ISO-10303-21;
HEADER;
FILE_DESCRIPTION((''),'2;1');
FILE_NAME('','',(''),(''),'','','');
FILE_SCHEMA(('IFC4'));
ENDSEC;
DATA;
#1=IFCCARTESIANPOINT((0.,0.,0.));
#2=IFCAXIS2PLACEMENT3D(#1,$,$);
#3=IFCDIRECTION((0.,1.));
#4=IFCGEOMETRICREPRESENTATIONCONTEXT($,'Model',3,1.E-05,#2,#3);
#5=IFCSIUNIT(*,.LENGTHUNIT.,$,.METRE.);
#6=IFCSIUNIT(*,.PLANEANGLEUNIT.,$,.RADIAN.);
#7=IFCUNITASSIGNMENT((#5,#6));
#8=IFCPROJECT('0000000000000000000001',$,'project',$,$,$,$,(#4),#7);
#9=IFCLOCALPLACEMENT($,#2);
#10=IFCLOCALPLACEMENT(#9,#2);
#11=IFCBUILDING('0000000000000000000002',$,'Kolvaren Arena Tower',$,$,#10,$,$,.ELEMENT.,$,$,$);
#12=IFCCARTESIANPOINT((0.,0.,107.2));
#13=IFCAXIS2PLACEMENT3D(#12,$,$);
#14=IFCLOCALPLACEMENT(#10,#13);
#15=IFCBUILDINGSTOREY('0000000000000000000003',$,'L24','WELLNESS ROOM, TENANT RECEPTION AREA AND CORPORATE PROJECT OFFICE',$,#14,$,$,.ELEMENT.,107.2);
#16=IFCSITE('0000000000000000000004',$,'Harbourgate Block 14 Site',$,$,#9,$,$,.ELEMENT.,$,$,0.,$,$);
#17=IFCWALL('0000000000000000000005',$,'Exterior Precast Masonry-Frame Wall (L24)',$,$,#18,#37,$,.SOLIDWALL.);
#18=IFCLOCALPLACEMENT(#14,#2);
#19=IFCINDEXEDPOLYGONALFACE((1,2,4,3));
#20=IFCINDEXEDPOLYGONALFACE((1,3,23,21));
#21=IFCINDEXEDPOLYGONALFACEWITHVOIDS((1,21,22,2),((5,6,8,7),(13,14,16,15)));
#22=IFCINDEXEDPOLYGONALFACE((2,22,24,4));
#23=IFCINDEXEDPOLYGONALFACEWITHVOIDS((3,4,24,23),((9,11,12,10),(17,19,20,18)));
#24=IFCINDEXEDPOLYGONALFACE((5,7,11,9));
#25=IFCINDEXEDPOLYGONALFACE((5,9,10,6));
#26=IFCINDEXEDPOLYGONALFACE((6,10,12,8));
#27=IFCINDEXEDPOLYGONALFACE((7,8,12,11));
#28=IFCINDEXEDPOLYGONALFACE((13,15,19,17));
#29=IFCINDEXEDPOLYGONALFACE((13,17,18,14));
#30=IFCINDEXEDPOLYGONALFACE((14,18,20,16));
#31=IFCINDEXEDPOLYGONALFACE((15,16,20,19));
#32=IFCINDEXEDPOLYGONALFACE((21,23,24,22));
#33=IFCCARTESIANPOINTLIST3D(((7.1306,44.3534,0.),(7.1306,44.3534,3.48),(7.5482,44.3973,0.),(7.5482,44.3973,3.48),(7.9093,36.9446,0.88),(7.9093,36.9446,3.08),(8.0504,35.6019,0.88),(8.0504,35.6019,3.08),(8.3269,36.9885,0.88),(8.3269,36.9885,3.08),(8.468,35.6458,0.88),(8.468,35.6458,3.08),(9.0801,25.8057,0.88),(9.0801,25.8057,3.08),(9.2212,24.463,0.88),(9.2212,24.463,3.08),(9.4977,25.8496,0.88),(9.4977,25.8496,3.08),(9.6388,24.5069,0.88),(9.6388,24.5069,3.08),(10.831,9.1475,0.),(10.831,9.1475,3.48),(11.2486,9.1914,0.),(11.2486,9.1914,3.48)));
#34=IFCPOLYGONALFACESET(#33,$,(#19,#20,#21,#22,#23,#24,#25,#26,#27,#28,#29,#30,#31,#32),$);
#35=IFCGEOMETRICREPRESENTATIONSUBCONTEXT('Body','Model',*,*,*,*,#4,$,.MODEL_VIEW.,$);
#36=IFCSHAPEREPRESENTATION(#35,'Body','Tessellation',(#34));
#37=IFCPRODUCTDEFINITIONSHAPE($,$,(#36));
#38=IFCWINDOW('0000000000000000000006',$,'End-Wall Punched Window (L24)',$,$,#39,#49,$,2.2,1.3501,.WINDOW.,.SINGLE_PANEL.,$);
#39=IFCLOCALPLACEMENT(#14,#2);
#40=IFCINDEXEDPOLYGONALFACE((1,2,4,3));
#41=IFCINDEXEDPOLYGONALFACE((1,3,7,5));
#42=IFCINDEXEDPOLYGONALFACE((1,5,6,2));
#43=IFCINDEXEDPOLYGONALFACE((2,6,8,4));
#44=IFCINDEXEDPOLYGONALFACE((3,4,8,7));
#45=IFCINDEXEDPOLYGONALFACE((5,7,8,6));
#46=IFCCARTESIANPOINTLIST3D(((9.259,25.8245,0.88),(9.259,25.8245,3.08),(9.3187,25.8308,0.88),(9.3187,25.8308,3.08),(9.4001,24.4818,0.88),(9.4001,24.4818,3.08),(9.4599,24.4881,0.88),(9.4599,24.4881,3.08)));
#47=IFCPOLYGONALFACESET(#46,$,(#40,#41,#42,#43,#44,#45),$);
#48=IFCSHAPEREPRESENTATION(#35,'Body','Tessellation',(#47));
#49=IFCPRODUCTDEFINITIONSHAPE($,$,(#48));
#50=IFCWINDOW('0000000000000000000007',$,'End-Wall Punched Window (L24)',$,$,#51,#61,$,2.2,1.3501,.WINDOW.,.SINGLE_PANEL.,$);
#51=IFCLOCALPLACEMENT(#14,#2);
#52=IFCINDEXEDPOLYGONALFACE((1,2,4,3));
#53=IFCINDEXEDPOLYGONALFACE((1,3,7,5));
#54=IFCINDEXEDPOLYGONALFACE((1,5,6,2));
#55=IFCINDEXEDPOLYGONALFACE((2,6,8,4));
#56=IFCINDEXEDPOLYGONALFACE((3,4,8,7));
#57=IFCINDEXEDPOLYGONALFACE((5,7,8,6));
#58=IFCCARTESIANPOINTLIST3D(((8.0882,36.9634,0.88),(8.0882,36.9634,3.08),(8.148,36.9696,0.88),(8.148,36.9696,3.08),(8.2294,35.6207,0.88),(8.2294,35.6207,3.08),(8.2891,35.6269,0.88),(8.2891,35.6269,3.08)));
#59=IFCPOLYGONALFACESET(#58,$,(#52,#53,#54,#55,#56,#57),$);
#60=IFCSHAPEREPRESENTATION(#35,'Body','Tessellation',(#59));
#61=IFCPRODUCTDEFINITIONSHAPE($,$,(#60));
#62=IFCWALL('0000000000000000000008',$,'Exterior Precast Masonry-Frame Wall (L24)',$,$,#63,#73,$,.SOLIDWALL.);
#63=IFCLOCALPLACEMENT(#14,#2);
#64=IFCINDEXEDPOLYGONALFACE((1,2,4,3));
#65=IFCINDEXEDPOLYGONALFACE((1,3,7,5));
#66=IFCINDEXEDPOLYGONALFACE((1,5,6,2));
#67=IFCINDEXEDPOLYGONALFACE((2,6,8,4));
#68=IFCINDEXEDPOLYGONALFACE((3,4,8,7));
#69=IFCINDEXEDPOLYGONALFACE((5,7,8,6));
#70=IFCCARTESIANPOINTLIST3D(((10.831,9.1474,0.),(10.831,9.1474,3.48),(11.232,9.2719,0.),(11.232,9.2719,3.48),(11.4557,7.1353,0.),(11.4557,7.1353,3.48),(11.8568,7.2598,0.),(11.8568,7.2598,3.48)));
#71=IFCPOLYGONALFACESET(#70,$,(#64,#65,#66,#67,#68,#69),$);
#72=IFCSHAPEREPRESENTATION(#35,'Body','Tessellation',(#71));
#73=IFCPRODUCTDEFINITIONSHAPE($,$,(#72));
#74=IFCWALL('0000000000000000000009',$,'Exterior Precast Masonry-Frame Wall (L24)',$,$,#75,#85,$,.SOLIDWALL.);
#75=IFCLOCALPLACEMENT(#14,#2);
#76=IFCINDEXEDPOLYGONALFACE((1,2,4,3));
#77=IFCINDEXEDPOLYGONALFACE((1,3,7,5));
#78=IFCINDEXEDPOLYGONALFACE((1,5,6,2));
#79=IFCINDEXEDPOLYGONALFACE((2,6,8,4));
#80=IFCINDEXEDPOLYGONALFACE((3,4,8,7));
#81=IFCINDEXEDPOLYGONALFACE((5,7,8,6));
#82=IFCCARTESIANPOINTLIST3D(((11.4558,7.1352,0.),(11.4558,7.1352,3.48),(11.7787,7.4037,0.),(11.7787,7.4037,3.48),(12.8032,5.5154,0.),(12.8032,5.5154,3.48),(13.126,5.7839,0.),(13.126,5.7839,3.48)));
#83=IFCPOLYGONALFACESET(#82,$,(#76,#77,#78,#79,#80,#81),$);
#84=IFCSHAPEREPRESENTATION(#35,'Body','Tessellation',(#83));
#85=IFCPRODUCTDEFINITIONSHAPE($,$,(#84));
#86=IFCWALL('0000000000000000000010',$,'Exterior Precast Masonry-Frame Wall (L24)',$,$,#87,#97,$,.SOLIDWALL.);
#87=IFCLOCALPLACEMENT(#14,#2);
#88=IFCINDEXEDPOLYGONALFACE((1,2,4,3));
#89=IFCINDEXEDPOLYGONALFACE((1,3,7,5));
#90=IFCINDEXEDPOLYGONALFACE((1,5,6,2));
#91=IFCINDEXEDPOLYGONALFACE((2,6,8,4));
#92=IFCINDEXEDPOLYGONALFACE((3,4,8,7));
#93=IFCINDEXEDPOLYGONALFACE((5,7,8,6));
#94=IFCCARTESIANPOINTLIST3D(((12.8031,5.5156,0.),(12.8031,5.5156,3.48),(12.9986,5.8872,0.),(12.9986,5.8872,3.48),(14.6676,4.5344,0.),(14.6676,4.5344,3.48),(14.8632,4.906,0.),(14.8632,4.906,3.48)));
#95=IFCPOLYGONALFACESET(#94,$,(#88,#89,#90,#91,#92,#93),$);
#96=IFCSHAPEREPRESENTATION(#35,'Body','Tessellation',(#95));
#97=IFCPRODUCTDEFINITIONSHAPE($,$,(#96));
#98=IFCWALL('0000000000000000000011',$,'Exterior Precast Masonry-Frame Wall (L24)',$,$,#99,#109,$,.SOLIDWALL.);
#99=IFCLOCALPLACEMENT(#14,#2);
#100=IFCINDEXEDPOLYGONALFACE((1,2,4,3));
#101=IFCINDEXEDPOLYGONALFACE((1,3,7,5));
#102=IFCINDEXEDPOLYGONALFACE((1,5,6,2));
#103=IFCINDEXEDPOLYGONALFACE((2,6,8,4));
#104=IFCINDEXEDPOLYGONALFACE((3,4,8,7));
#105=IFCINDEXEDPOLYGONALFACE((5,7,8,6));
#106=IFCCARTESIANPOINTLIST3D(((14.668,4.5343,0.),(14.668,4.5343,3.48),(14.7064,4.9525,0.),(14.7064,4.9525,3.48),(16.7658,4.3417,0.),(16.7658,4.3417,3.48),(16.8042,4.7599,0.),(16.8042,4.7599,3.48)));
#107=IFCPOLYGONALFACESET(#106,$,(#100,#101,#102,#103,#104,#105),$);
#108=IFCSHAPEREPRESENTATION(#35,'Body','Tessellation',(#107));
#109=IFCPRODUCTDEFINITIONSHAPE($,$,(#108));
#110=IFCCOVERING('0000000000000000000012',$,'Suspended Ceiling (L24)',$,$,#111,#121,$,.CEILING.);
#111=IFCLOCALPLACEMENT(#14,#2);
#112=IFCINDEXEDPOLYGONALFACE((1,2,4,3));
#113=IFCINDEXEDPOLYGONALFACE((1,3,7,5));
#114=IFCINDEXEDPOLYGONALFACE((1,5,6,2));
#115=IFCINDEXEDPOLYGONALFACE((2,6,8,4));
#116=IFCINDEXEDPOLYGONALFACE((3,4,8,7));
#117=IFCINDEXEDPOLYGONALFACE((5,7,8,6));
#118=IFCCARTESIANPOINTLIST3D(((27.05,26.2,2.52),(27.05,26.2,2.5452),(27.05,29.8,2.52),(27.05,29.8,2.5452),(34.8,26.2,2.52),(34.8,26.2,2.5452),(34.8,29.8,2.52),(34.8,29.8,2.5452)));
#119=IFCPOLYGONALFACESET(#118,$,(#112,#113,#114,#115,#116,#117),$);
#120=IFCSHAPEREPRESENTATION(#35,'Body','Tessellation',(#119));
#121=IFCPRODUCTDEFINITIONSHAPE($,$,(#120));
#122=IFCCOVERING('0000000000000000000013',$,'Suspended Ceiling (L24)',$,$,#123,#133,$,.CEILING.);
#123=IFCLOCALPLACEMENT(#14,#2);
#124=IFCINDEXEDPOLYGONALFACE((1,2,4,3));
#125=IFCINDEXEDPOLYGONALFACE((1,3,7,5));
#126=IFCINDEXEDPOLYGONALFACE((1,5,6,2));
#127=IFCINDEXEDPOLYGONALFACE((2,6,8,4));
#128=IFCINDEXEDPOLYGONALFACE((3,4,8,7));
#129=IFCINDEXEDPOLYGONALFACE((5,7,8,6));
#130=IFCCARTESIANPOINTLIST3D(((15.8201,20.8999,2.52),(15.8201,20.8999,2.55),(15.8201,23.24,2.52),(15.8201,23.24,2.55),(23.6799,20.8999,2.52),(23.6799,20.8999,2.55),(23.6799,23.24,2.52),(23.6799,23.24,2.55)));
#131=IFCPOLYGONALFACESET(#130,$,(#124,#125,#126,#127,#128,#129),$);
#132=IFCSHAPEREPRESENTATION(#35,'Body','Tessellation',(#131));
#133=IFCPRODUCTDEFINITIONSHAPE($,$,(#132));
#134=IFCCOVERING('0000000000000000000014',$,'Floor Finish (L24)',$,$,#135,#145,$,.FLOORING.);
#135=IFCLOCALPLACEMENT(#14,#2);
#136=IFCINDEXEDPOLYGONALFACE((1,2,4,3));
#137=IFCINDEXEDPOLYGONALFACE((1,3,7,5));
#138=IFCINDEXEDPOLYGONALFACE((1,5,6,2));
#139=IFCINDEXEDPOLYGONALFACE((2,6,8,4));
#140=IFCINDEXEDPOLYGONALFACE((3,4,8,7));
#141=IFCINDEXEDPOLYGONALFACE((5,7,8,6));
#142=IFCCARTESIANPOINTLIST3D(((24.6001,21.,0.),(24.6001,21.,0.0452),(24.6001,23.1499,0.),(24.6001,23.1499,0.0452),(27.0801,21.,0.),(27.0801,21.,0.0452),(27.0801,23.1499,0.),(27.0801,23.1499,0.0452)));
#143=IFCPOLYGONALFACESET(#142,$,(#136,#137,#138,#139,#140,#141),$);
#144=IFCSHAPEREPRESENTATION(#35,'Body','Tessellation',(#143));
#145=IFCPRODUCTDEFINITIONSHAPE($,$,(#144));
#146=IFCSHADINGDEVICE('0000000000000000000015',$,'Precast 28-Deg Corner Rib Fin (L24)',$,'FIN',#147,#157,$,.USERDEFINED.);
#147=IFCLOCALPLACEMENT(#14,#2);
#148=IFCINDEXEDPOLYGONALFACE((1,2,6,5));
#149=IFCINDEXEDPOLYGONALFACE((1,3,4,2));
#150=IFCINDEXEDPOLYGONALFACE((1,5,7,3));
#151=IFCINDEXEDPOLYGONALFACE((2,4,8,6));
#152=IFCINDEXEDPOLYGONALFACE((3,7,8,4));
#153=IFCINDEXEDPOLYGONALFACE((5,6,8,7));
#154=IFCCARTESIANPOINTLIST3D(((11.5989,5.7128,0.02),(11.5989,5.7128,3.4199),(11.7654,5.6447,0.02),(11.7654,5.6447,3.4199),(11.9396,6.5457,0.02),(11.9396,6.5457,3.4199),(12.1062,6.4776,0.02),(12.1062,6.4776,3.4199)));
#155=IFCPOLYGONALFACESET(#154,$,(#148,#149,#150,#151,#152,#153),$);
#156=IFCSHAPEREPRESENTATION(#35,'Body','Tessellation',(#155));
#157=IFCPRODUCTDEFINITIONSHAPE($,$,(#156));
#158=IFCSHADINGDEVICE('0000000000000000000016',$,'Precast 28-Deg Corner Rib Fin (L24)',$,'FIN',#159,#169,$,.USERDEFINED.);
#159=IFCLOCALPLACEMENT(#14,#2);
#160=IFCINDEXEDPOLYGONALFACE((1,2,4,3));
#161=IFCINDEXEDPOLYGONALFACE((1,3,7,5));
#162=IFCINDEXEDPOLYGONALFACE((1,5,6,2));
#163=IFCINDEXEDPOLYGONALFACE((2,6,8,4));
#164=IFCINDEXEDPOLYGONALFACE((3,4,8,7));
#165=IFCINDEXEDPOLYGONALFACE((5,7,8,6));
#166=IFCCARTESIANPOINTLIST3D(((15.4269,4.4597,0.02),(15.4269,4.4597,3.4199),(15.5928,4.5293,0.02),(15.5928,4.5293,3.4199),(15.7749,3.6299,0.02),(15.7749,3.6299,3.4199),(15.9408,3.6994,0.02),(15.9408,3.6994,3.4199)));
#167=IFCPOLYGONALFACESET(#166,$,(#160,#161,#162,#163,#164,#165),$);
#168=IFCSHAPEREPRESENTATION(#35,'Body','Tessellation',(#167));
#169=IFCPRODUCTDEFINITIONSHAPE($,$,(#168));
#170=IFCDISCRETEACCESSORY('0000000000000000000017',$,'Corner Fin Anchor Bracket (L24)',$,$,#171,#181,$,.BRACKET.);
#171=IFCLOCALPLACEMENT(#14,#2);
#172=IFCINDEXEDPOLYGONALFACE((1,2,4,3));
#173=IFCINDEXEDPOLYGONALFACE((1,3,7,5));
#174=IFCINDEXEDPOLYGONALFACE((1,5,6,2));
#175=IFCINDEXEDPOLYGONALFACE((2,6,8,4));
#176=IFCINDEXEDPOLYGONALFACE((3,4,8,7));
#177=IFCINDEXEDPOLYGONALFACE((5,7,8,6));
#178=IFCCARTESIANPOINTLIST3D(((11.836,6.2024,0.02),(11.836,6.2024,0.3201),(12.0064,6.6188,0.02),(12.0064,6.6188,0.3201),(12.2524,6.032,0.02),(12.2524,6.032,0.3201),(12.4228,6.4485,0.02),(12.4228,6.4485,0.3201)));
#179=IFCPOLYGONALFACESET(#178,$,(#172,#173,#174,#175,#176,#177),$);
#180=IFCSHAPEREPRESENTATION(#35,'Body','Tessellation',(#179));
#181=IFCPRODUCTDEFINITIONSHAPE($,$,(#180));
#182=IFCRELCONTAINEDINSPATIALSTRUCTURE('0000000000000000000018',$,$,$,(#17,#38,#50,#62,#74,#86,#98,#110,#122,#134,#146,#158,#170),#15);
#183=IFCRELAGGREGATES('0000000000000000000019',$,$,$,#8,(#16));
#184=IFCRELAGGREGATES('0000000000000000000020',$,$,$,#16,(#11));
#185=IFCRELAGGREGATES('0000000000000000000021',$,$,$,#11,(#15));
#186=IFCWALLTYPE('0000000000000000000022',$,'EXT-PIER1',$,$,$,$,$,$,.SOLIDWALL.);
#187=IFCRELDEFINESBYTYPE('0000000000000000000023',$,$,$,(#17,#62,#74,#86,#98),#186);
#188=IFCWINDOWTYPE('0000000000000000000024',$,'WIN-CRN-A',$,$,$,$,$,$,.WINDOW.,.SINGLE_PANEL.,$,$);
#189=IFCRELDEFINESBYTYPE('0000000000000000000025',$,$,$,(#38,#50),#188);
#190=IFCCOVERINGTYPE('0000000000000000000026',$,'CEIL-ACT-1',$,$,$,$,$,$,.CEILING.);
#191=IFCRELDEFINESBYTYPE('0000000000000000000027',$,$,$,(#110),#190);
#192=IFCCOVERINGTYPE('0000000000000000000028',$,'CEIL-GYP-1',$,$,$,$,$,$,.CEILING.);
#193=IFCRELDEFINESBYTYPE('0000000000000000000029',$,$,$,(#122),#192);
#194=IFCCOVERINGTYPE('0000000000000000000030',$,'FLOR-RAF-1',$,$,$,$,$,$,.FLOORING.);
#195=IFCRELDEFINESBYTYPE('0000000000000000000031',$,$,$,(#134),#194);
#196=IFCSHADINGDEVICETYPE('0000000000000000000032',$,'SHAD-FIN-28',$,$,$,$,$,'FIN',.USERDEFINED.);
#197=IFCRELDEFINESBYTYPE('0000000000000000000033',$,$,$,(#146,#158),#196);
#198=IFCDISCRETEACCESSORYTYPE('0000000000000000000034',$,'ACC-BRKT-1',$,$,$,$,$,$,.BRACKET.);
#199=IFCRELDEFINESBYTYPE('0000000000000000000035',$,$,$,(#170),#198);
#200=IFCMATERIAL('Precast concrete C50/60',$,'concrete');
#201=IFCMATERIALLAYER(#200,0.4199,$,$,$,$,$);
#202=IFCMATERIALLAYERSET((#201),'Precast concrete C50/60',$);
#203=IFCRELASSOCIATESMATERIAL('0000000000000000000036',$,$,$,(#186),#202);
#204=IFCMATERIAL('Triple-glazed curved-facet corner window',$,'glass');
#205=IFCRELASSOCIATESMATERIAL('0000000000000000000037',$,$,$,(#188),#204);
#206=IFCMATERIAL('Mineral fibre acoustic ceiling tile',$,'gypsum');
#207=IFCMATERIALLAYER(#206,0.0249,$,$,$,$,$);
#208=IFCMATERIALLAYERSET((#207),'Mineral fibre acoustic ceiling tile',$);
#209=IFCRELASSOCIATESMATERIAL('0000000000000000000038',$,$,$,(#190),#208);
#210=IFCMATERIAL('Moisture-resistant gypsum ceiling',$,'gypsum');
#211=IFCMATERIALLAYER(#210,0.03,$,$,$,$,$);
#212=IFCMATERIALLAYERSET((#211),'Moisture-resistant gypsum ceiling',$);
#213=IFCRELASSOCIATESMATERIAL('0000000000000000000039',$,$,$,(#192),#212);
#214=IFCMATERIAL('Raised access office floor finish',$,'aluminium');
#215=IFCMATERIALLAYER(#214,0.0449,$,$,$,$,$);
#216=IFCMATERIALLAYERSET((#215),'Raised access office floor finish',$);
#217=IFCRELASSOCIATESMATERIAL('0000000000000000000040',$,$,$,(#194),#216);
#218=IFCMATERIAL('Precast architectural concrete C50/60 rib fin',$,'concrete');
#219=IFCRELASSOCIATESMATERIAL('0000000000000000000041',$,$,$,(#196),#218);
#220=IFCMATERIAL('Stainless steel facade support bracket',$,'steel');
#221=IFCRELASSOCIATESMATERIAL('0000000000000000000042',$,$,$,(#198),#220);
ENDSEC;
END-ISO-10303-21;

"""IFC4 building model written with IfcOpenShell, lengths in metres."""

from ifc_helpers import new_model, si_unit, direction, frame, frame_2d, origin, origin_2d, place, context, subcontext, project, spatial, polyline, rectangle, outline, extrude, material, layer, layer_set, type_object, element, fill, save


model = new_model("IFC4")

# Units and contexts
model_context = context("Model", 3, precision=1e-05, world=origin(), true_north=direction((0.0, 1.0)))
body_context = subcontext(model_context, "Body", "Model", "MODEL_VIEW")
ifc_project = project(units=[si_unit("LENGTHUNIT", "METRE"), si_unit("PLANEANGLEUNIT", "RADIAN")], contexts=[model_context])

# Site, building, storey
site_placement = place(None, origin())
site = spatial("IfcSite", under=ifc_project, at=site_placement, Name="Harbourgate Block 14 Site", CompositionType="ELEMENT", RefElevation=0.0)
building_placement = place(site_placement, origin())
building = spatial("IfcBuilding", under=site, at=building_placement, Name="Kolvaren Arena Tower", CompositionType="ELEMENT")
storey_placement = place(building_placement, frame((0.0, 0.0, 107.2)))
storey = spatial("IfcBuildingStorey", under=building, at=storey_placement, Name="L24", Description="WELLNESS ROOM, TENANT RECEPTION AREA AND CORPORATE PROJECT OFFICE", CompositionType="ELEMENT", Elevation=107.2)

# Wall, openings, windows
ifc_material_1 = material(Name="Precast concrete C50/60", Category="concrete")
ifc_layer_1 = layer(ifc_material_1, 0.4199)
ifc_layer_set_1 = layer_set([ifc_layer_1], Name="Precast concrete C50/60")
wall_type = type_object("IfcWallType", Name="EXT-PIER1", PredefinedType="SOLIDWALL", material=ifc_layer_set_1)
wall_1_placement = place(storey_placement, frame((11.0398, 9.1694, 0.0), z_axis=(0.0, 0.0, 1.0), x_axis=(-0.104532, 0.994522, 0.0)))
wall_1 = element("IfcWall", 1, at=wall_1_placement, inside=storey, type_object=wall_type, Name="Exterior Precast Masonry-Frame Wall (L24)", PredefinedType="SOLIDWALL", context=body_context, shape_type="SweptSolid", body=[
    extrude(rectangle(XDim=35.3999, YDim=0.4199, at=frame_2d((17.7, 0.0))), origin(), (0.0, 0.0, 1.0), 3.48),
])
opening_1_placement = place(wall_1_placement, frame((15.3999, 0.0, 0.8799)))
opening_1 = element("IfcOpeningElement", 2, at=opening_1_placement, cuts=wall_1, PredefinedType="OPENING", context=body_context, shape_type="SweptSolid", body=[
    extrude(rectangle(XDim=1.3501, YDim=2.2, at=frame_2d((0.675, 1.1001))), frame((0.0, 0.22, 0.0), z_axis=(0.0, -1.0, 0.0), x_axis=(1.0, 0.0, 0.0)), (0.0, 0.0, 1.0), 0.4399),
])
opening_2_placement = place(wall_1_placement, frame((26.6001, 0.0, 0.8799)))
opening_2 = element("IfcOpeningElement", 3, at=opening_2_placement, cuts=wall_1, PredefinedType="OPENING", context=body_context, shape_type="SweptSolid", body=[
    extrude(rectangle(XDim=1.3501, YDim=2.2, at=frame_2d((0.675, 1.1001))), frame((0.0, 0.22, 0.0), z_axis=(0.0, -1.0, 0.0), x_axis=(1.0, 0.0, 0.0)), (0.0, 0.0, 1.0), 0.4399),
])
ifc_material_2 = material(Name="Triple-glazed curved-facet corner window", Category="glass")
window_type = type_object("IfcWindowType", Name="WIN-CRN-A", PartitioningType="SINGLE_PANEL", PredefinedType="WINDOW", material=ifc_material_2)
window_1_placement = place(opening_1_placement, origin())
window_1 = element("IfcWindow", 4, at=window_1_placement, inside=storey, type_object=window_type, Name="End-Wall Punched Window (L24)", OverallHeight=2.2, OverallWidth=1.3501, PartitioningType="SINGLE_PANEL", PredefinedType="WINDOW", context=body_context, shape_type="SweptSolid", body=[
    extrude(rectangle(XDim=1.3501, YDim=2.2, at=frame_2d((0.675, 1.1001))), frame((0.0, 0.03, 0.0), z_axis=(0.0, -1.0, 0.0), x_axis=(1.0, 0.0, 0.0)), (0.0, 0.0, 1.0), 0.0601),
])
fill(opening_1, window_1)
window_2_placement = place(opening_2_placement, origin())
window_2 = element("IfcWindow", 5, at=window_2_placement, inside=storey, type_object=window_type, Name="End-Wall Punched Window (L24)", OverallHeight=2.2, OverallWidth=1.3501, PartitioningType="SINGLE_PANEL", PredefinedType="WINDOW", context=body_context, shape_type="SweptSolid", body=[
    extrude(rectangle(XDim=1.3501, YDim=2.2, at=frame_2d((0.675, 1.1001))), frame((0.0, 0.03, 0.0), z_axis=(0.0, -1.0, 0.0), x_axis=(1.0, 0.0, 0.0)), (0.0, 0.0, 1.0), 0.0601),
])
fill(opening_2, window_2)

# Walls
for number, where, z_axis, x_axis, name in (
    (6, (11.6562, 7.1975, 0.0), (0.0, 0.0, 1.0), (-0.296519, 0.955027, 0.0), "Exterior Precast Masonry-Frame Wall (L24)"),
    (7, (12.9646, 5.6497, 0.0), (0.0, 0.0, 1.0), (-0.639489, 0.7688, 0.0), "Exterior Precast Masonry-Frame Wall (L24)"),
    (8, (14.7654, 4.7202, 0.0), (0.0, 0.0, 1.0), (-0.884941, 0.465703, 0.0), "Exterior Precast Masonry-Frame Wall (L24)"),
):
    element("IfcWall", number, at=place(storey_placement, frame(where, z_axis=z_axis, x_axis=x_axis)), inside=storey, type_object=wall_type, Name=name, PredefinedType="SOLIDWALL", context=body_context, shape_type="SweptSolid", body=[
        extrude(rectangle(XDim=2.1069, YDim=0.4199, at=frame_2d((1.0535, 0.0))), origin(), (0.0, 0.0, 1.0), 3.48),
    ])
wall_2_placement = place(storey_placement, frame((16.7849, 4.5508, 0.0), z_axis=(0.0, 0.0, 1.0), x_axis=(-0.995811, 0.091434, 0.0)))
element("IfcWall", 9, at=wall_2_placement, inside=storey, type_object=wall_type, Name="Exterior Precast Masonry-Frame Wall (L24)", PredefinedType="SOLIDWALL", context=body_context, shape_type="SweptSolid", body=[
    extrude(rectangle(XDim=2.1067, YDim=0.4199, at=frame_2d((1.0532, 0.0))), origin(), (0.0, 0.0, 1.0), 3.48),
])

# Coverings
ifc_material_3 = material(Name="Mineral fibre acoustic ceiling tile", Category="gypsum")
ifc_layer_2 = layer(ifc_material_3, 0.0249)
ifc_layer_set_2 = layer_set([ifc_layer_2], Name="Mineral fibre acoustic ceiling tile")
covering_type_1 = type_object("IfcCoveringType", Name="CEIL-ACT-1", PredefinedType="CEILING", material=ifc_layer_set_2)
covering_1_placement = place(storey_placement, frame((0.0, 0.0, 2.52)))
element("IfcCovering", 10, at=covering_1_placement, inside=storey, type_object=covering_type_1, Name="Suspended Ceiling (L24)", PredefinedType="CEILING", context=body_context, shape_type="SweptSolid", body=[
    extrude(outline(polyline([(27.05, 26.2), (27.05, 29.8), (34.8, 29.8), (34.8, 26.2), (27.05, 26.2)])), origin(), (0.0, 0.0, 1.0), 0.0251),
])
ifc_material_4 = material(Name="Moisture-resistant gypsum ceiling", Category="gypsum")
ifc_layer_3 = layer(ifc_material_4, 0.03)
ifc_layer_set_3 = layer_set([ifc_layer_3], Name="Moisture-resistant gypsum ceiling")
covering_type_2 = type_object("IfcCoveringType", Name="CEIL-GYP-1", PredefinedType="CEILING", material=ifc_layer_set_3)
covering_2_placement = place(storey_placement, frame((0.0, 0.0, 2.52)))
element("IfcCovering", 11, at=covering_2_placement, inside=storey, type_object=covering_type_2, Name="Suspended Ceiling (L24)", PredefinedType="CEILING", context=body_context, shape_type="SweptSolid", body=[
    extrude(outline(polyline([(15.8201, 20.8999), (15.8201, 23.24), (23.6799, 23.24), (23.6799, 20.8999), (15.8201, 20.8999)])), origin(), (0.0, 0.0, 1.0), 0.03),
])
ifc_material_5 = material(Name="Raised access office floor finish", Category="aluminium")
ifc_layer_4 = layer(ifc_material_5, 0.0449)
ifc_layer_set_4 = layer_set([ifc_layer_4], Name="Raised access office floor finish")
covering_type_3 = type_object("IfcCoveringType", Name="FLOR-RAF-1", PredefinedType="FLOORING", material=ifc_layer_set_4)
covering_3_placement = place(storey_placement, origin())
element("IfcCovering", 12, at=covering_3_placement, inside=storey, type_object=covering_type_3, Name="Floor Finish (L24)", PredefinedType="FLOORING", context=body_context, shape_type="SweptSolid", body=[
    extrude(outline(polyline([(24.6001, 21.0), (24.6001, 23.1499), (27.0801, 23.1499), (27.0801, 21.0), (24.6001, 21.0)])), origin(), (0.0, 0.0, 1.0), 0.0452),
])

# Shading devices
ifc_material_6 = material(Name="Precast architectural concrete C50/60 rib fin", Category="concrete")
shading_device_type = type_object("IfcShadingDeviceType", Name="SHAD-FIN-28", ElementType="FIN", PredefinedType="USERDEFINED", material=ifc_material_6)
for number, where, z_axis, x_axis, name in (
    (13, (11.8525, 6.0952, 0.02), (0.0, 0.0, 1.0), (-0.378634, -0.925546, 0.0), "Precast 28-Deg Corner Rib Fin (L24)"),
    (14, (15.6838, 4.0796, 0.02), (0.0, 0.0, 1.0), (0.386706, -0.922203, 0.0), "Precast 28-Deg Corner Rib Fin (L24)"),
):
    element("IfcShadingDevice", number, at=place(storey_placement, frame(where, z_axis=z_axis, x_axis=x_axis)), inside=storey, type_object=shading_device_type, Name=name, ObjectType="FIN", PredefinedType="USERDEFINED", context=body_context, shape_type="SweptSolid", body=[
        extrude(rectangle(XDim=0.8999, YDim=0.1799, at=origin_2d()), origin(), (0.0, 0.0, 1.0), 3.3999),
    ])

# Discrete accessory
ifc_material_7 = material(Name="Stainless steel facade support bracket", Category="steel")
discrete_accessory_type = type_object("IfcDiscreteAccessoryType", Name="ACC-BRKT-1", PredefinedType="BRACKET", material=ifc_material_7)
for number, where, z_axis, x_axis, name in (
    (15, (12.1294, 6.3254, 0.02), (0.0, 0.0, 1.0), (-0.378634, -0.925546, 0.0), "Corner Fin Anchor Bracket (L24)"),
):
    element("IfcDiscreteAccessory", number, at=place(storey_placement, frame(where, z_axis=z_axis, x_axis=x_axis)), inside=storey, type_object=discrete_accessory_type, Name=name, PredefinedType="BRACKET", context=body_context, shape_type="SweptSolid", body=[
        extrude(rectangle(XDim=0.45, YDim=0.45, at=origin_2d()), origin(), (0.0, 0.0, 1.0), 0.3),
    ])

save(model, "model.ifc")
